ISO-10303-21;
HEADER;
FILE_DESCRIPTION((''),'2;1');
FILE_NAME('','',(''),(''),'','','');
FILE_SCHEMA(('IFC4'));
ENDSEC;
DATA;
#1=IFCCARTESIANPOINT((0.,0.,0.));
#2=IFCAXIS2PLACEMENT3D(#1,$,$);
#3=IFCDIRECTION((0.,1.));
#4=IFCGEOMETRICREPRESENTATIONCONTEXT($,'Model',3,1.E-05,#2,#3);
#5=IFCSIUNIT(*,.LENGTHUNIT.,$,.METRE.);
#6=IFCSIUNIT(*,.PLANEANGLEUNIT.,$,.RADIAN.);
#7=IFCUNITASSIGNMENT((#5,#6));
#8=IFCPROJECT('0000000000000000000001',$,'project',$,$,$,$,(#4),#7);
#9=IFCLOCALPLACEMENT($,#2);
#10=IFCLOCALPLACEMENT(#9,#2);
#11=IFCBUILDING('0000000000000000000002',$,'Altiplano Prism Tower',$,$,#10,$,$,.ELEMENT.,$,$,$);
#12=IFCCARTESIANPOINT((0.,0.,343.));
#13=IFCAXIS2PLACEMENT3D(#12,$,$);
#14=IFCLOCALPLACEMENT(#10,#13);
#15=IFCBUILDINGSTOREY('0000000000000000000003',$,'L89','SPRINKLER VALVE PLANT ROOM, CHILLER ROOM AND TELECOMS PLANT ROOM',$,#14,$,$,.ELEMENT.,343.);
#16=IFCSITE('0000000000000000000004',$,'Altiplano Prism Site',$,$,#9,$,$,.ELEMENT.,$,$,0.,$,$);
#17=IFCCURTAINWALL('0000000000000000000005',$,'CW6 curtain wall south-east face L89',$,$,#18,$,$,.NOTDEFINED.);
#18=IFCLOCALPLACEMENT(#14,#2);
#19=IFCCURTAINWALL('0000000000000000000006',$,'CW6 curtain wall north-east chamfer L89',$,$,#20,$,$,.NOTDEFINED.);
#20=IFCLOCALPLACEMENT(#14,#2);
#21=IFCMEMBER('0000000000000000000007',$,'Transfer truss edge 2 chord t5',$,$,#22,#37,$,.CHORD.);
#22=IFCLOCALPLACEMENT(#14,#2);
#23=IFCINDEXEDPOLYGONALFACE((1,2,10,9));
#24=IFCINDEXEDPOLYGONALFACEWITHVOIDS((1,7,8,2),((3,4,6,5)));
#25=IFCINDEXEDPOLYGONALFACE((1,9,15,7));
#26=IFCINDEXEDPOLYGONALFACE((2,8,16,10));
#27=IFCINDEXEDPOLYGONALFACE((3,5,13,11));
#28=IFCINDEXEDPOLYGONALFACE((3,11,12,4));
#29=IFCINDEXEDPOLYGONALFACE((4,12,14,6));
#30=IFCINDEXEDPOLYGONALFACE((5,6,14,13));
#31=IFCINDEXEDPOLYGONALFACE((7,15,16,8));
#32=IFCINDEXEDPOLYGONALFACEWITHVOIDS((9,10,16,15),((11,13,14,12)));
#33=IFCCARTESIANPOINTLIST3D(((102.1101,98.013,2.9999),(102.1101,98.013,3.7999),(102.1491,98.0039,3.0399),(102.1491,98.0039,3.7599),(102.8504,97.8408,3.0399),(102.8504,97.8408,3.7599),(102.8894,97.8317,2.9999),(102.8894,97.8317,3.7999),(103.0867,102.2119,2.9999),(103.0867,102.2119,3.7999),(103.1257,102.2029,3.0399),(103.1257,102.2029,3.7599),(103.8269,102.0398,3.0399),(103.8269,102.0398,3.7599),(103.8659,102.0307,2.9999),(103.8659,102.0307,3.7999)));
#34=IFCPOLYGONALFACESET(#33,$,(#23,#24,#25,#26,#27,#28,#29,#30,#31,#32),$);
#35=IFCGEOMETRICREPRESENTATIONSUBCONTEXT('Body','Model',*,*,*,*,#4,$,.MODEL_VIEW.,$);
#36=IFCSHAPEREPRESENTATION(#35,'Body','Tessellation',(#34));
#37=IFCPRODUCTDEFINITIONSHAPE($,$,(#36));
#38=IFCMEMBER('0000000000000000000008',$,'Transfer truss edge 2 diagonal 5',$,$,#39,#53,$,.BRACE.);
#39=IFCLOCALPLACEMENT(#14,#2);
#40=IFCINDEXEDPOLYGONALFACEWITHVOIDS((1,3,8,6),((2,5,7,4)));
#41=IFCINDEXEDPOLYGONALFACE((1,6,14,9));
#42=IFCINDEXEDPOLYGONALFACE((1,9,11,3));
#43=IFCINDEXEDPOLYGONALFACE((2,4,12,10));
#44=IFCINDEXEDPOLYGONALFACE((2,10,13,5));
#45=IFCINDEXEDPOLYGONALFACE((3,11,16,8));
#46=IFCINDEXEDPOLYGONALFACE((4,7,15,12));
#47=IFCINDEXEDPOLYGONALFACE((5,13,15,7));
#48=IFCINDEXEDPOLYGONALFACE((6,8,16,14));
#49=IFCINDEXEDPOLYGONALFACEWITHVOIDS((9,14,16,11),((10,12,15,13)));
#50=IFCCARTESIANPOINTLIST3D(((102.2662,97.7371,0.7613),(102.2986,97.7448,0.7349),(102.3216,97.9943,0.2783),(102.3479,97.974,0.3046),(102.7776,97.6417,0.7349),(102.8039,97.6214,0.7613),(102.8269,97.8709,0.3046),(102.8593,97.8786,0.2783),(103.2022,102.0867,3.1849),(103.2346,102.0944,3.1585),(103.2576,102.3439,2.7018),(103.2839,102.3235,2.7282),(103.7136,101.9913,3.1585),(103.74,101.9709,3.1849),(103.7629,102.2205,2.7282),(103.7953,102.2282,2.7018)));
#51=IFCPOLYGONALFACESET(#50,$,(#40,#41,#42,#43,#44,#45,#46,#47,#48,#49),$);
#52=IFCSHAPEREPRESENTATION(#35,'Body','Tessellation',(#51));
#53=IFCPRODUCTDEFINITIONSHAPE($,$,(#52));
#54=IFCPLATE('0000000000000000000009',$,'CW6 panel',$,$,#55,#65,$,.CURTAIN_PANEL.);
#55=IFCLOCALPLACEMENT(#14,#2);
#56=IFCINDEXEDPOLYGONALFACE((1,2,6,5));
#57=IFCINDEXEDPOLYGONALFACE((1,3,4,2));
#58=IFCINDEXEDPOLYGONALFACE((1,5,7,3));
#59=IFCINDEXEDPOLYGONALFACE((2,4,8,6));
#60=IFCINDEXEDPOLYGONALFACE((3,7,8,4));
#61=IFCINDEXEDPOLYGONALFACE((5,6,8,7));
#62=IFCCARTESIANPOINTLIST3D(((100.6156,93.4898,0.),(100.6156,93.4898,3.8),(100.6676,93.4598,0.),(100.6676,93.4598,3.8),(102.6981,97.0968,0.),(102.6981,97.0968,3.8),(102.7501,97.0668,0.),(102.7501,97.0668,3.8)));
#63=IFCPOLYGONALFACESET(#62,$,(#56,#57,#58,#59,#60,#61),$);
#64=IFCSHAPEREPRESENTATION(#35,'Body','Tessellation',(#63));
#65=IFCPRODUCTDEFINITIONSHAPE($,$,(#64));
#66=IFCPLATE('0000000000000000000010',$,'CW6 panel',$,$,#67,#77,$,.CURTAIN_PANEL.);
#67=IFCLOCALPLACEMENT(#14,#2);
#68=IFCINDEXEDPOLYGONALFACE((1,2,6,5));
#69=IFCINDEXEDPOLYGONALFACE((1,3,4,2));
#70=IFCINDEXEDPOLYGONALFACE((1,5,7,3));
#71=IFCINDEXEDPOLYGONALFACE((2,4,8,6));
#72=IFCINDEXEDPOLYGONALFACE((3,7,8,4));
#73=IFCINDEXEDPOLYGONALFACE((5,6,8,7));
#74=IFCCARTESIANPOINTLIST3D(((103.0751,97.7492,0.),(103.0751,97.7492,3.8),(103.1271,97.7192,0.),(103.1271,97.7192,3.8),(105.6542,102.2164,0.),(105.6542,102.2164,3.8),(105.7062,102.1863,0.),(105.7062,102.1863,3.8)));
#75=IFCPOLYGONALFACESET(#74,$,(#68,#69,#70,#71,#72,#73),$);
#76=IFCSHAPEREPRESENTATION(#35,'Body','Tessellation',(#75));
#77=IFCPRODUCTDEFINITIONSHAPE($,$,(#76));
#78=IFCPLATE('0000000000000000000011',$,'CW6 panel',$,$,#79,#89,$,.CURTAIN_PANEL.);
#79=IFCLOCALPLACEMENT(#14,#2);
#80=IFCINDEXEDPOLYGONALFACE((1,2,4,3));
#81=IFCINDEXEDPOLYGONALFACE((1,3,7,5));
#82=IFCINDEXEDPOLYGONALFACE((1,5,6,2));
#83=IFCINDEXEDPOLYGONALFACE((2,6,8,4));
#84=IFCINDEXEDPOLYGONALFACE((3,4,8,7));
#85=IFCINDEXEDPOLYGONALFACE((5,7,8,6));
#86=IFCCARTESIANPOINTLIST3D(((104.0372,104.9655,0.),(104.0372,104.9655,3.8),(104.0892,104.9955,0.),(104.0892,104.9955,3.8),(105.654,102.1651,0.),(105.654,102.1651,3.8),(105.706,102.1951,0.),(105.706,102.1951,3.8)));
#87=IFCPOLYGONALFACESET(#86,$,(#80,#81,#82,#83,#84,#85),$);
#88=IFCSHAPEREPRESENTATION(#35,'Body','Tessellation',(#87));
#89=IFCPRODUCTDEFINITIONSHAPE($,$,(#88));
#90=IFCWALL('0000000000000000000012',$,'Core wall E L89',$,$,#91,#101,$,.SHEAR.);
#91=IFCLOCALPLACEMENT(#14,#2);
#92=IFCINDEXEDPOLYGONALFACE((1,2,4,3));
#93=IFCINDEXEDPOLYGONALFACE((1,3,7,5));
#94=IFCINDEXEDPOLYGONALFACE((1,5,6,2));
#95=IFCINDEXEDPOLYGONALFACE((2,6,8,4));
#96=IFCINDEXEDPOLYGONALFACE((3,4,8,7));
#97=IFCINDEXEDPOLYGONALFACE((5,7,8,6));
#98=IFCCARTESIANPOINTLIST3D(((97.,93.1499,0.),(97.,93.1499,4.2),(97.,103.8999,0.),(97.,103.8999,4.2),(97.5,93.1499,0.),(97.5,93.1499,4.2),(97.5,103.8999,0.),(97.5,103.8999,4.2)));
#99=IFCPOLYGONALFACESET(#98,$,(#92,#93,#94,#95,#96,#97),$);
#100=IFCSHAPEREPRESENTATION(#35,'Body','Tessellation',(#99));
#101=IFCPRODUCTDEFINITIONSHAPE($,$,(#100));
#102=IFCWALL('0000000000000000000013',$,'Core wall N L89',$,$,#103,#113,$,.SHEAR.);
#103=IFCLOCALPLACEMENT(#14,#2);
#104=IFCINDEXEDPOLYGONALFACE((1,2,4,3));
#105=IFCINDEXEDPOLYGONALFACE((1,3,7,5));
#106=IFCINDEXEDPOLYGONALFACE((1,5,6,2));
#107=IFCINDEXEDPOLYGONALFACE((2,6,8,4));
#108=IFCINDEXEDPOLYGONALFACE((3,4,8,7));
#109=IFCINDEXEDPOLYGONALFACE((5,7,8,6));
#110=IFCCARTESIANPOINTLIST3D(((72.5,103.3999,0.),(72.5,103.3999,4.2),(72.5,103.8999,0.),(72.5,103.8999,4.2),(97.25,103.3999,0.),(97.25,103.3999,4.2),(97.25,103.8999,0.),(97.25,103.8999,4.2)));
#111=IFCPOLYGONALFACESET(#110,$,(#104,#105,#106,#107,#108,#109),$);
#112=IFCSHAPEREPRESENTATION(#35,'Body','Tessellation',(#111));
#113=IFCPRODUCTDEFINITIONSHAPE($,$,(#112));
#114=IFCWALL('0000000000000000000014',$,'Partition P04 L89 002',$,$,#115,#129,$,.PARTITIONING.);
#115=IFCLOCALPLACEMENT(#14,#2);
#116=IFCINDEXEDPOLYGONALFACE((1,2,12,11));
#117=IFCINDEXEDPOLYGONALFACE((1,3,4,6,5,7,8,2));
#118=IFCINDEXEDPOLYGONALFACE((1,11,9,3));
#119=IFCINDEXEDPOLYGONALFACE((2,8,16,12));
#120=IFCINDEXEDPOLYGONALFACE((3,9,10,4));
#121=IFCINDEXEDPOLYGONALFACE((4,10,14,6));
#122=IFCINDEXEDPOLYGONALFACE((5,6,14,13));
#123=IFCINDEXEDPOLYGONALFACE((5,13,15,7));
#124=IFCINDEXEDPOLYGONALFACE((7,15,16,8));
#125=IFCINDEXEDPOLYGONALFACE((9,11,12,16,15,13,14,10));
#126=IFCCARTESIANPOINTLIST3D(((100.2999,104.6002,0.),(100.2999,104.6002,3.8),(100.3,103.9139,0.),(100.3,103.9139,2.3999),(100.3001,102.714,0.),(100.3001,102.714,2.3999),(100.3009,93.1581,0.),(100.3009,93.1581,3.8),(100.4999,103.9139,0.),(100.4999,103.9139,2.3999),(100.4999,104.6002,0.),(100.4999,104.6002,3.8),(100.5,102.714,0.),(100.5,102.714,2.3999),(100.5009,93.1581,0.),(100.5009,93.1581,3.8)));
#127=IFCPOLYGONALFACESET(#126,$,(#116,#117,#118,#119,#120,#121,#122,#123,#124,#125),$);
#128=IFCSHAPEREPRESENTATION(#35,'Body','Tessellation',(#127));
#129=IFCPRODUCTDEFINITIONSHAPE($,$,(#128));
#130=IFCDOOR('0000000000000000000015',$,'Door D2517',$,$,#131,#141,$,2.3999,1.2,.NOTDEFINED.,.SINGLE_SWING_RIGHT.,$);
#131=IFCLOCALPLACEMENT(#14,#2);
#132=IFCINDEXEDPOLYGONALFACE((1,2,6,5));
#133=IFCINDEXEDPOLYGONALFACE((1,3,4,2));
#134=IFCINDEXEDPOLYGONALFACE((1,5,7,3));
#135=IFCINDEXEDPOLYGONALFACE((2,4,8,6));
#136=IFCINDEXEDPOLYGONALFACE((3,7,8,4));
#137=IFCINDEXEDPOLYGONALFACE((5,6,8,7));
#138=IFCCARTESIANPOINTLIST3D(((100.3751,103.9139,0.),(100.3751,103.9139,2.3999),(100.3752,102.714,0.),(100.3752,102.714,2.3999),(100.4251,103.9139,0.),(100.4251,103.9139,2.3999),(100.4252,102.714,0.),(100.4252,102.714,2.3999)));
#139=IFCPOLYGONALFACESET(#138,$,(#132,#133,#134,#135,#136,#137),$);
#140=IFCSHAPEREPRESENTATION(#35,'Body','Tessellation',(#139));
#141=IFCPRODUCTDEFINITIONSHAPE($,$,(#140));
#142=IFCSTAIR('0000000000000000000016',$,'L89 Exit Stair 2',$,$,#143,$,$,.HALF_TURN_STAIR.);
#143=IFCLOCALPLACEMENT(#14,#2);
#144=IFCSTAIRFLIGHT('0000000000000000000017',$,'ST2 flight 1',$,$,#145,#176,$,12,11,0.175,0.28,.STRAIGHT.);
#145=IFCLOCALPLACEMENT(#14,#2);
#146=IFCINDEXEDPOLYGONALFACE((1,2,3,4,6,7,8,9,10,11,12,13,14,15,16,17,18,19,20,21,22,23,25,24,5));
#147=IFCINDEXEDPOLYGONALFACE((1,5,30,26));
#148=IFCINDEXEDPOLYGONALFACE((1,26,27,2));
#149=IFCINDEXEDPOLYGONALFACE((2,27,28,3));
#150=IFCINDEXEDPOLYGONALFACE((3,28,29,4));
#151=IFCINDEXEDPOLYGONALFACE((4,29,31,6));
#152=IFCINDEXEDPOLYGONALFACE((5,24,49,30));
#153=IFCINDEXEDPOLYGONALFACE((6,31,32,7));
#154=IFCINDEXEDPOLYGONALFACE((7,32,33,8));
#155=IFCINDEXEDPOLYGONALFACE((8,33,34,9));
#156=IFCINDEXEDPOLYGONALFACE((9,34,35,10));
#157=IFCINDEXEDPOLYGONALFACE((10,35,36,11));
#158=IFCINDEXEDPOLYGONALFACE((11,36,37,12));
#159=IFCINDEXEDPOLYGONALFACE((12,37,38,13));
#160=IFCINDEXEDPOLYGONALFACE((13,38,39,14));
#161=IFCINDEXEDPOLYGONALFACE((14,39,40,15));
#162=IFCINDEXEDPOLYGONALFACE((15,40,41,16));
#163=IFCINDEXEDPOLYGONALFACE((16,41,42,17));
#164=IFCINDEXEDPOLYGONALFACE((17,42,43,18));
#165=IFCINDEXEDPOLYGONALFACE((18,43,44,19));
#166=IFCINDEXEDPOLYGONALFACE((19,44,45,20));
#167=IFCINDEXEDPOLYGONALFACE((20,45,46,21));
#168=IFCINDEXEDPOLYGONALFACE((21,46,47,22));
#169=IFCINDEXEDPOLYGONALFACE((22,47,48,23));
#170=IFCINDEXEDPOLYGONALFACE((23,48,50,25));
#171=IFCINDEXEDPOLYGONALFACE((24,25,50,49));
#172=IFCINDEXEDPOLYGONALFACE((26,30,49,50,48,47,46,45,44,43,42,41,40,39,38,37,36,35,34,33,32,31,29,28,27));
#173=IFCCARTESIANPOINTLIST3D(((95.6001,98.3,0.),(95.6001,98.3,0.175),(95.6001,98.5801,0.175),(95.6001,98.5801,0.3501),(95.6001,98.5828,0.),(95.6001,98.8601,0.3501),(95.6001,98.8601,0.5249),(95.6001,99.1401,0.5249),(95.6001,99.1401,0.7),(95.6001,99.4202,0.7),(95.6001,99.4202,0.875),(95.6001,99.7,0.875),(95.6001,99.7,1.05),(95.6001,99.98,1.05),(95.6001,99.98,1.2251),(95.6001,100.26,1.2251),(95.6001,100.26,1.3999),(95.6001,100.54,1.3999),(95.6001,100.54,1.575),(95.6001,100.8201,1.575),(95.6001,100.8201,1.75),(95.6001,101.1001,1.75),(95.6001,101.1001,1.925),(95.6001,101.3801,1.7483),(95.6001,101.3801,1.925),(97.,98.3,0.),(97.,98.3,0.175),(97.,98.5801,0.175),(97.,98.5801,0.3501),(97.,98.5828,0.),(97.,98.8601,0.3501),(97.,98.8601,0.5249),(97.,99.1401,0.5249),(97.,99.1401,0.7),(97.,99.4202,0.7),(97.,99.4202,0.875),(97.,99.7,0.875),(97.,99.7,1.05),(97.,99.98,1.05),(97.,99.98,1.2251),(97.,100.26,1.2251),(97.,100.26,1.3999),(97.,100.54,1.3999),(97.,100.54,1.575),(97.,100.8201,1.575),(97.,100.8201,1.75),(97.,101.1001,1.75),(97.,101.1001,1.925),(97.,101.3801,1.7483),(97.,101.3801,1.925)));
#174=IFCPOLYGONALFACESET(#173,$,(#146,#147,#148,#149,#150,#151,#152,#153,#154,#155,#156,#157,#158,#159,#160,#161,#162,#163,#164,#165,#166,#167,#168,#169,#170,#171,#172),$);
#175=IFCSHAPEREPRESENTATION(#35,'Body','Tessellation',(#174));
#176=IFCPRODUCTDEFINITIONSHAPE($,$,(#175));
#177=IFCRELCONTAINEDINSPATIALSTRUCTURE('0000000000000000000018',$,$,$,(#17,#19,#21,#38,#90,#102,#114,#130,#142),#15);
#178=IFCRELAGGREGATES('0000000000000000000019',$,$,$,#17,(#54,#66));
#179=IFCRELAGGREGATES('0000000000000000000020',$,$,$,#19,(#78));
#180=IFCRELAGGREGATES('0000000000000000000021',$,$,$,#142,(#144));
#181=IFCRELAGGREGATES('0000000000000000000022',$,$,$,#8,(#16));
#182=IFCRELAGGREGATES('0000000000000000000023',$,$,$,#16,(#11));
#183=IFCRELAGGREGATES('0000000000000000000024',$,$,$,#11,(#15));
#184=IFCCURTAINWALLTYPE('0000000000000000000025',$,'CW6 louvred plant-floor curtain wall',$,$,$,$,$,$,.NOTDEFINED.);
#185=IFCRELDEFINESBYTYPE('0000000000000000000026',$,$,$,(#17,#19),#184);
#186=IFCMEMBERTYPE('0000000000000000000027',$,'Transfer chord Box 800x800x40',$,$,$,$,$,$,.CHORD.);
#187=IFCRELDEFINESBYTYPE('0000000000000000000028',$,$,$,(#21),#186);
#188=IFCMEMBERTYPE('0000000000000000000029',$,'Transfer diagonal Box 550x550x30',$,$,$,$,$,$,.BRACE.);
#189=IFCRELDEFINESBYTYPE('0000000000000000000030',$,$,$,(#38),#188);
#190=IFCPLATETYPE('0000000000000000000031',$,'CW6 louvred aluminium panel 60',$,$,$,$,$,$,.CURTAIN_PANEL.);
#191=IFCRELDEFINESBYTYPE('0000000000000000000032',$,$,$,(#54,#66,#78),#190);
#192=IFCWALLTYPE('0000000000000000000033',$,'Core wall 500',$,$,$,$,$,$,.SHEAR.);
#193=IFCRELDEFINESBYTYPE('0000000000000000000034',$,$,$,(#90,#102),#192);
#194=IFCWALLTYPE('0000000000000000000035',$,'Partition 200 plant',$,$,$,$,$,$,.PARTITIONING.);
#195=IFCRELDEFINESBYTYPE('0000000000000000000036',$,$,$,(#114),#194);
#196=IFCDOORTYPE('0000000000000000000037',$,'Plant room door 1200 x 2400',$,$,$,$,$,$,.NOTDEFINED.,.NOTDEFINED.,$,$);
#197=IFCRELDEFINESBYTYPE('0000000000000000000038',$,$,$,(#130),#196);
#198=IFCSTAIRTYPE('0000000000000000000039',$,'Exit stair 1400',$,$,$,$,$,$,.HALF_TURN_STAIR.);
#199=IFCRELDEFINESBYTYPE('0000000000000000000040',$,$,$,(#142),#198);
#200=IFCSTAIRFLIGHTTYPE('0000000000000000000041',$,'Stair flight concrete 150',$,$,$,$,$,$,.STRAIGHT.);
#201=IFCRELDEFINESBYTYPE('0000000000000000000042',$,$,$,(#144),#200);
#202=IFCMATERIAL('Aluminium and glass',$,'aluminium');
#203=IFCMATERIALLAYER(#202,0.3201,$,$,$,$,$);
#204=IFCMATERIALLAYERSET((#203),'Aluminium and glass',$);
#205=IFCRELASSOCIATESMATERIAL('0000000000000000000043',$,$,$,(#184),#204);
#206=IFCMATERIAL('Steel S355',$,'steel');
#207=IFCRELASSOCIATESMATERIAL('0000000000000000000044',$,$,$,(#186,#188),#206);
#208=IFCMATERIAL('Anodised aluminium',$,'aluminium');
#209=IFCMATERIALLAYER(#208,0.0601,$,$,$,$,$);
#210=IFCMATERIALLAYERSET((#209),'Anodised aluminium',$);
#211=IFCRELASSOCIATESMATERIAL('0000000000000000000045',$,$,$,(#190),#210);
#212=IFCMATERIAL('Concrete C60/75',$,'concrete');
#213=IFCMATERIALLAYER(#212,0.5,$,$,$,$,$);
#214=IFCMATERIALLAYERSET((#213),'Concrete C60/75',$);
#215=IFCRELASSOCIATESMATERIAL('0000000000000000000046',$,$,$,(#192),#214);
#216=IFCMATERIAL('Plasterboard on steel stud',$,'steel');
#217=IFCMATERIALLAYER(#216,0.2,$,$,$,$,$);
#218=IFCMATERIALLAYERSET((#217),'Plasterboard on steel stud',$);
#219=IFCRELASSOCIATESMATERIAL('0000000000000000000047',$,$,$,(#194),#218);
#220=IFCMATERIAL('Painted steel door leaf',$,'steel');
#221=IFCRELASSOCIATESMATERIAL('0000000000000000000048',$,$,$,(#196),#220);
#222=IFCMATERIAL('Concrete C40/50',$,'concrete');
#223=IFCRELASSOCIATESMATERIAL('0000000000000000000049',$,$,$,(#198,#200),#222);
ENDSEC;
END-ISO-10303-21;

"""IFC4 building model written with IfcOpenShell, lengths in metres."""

from ifc_helpers import new_model, si_unit, direction, frame, frame_2d, origin, origin_2d, place, context, subcontext, project, spatial, polyline, rectangle, hollow_rectangle, outline, extrude, material, layer, layer_set, material_profile, profile_set, type_object, element, fill, aggregate, save


model = new_model("IFC4")

# Units and contexts
model_context = context("Model", 3, precision=1e-05, world=origin(), true_north=direction((0.0, 1.0)))
body_context = subcontext(model_context, "Body", "Model", "MODEL_VIEW")
ifc_project = project(units=[si_unit("LENGTHUNIT", "METRE"), si_unit("PLANEANGLEUNIT", "RADIAN")], contexts=[model_context])

# Site, building, storey
site_placement = place(None, origin())
site = spatial("IfcSite", under=ifc_project, at=site_placement, Name="Altiplano Prism Site", CompositionType="ELEMENT", RefElevation=0.0)
building_placement = place(site_placement, origin())
building = spatial("IfcBuilding", under=site, at=building_placement, Name="Altiplano Prism Tower", CompositionType="ELEMENT")
storey_placement = place(building_placement, frame((0.0, 0.0, 343.0)))
storey = spatial("IfcBuildingStorey", under=building, at=storey_placement, Name="L89", Description="SPRINKLER VALVE PLANT ROOM, CHILLER ROOM AND TELECOMS PLANT ROOM", CompositionType="ELEMENT", Elevation=343.0)

# Shared definitions
ifc_material_1 = material(Name="Concrete C60/75", Category="concrete")

# Shared definitions
ifc_material_2 = material(Name="Steel S355", Category="steel")

# Curtain wall
ifc_material_3 = material(Name="Aluminium and glass", Category="aluminium")
ifc_layer_1 = layer(ifc_material_3, 0.3201)
ifc_layer_set_1 = layer_set([ifc_layer_1], Name="Aluminium and glass")
curtain_wall_type = type_object("IfcCurtainWallType", Name="CW6 louvred plant-floor curtain wall", PredefinedType="NOTDEFINED", material=ifc_layer_set_1)
curtain_wall_1_placement = place(storey_placement, origin())
curtain_wall_1 = element("IfcCurtainWall", 1, at=curtain_wall_1_placement, inside=storey, type_object=curtain_wall_type, Name="CW6 curtain wall south-east face L89", PredefinedType="NOTDEFINED")

# Curtain wall
curtain_wall_2_placement = place(storey_placement, origin())
curtain_wall_2 = element("IfcCurtainWall", 2, at=curtain_wall_2_placement, inside=storey, type_object=curtain_wall_type, Name="CW6 curtain wall north-east chamfer L89", PredefinedType="NOTDEFINED")

# Members
ifc_material_profile_1 = material_profile(ifc_material_2, hollow_rectangle(XDim=0.8, YDim=0.8, WallThickness=0.04, at=origin_2d()), Name="Transfer chord Box 800x800x40")
ifc_profile_set_1 = profile_set([ifc_material_profile_1], Name="Steel S355")
member_type_1 = type_object("IfcMemberType", Name="Transfer chord Box 800x800x40", PredefinedType="CHORD", material=ifc_profile_set_1)
member_1_placement = place(storey_placement, frame((102.4998, 97.9224, 3.3999), z_axis=(0.226526, 0.974005, 0.0), x_axis=(-0.974005, 0.226526, 0.0)))
element("IfcMember", 3, at=member_1_placement, inside=storey, type_object=member_type_1, Name="Transfer truss edge 2 chord t5", PredefinedType="CHORD", context=body_context, shape_type="SweptSolid", body=[
    extrude(hollow_rectangle(XDim=0.8, YDim=0.8, WallThickness=0.04, at=origin_2d()), origin(), (0.0, 0.0, 1.0), 4.311),
])
ifc_material_profile_2 = material_profile(ifc_material_2, hollow_rectangle(XDim=0.55, YDim=0.55, WallThickness=0.03, at=origin_2d()), Name="Transfer diagonal Box 550x550x30")
ifc_profile_set_2 = profile_set([ifc_material_profile_2], Name="Steel S355")
member_type_2 = type_object("IfcMemberType", Name="Transfer diagonal Box 550x550x30", PredefinedType="BRACE", material=ifc_profile_set_2)
member_2_placement = place(storey_placement, frame((102.5627, 97.8079, 0.5198), z_axis=(0.184751, 0.85851, 0.478358), x_axis=(-0.977619, 0.210383, 0.0)))
element("IfcMember", 4, at=member_2_placement, inside=storey, type_object=member_type_2, Name="Transfer truss edge 2 diagonal 5", PredefinedType="BRACE", context=body_context, shape_type="SweptSolid", body=[
    extrude(hollow_rectangle(XDim=0.55, YDim=0.55, WallThickness=0.03, at=origin_2d()), origin(), (0.0, 0.0, 1.0), 5.0664),
])

# Plates
ifc_material_4 = material(Name="Anodised aluminium", Category="aluminium")
ifc_layer_2 = layer(ifc_material_4, 0.0601)
ifc_layer_set_2 = layer_set([ifc_layer_2], Name="Anodised aluminium")
plate_type = type_object("IfcPlateType", Name="CW6 louvred aluminium panel 60", PredefinedType="CURTAIN_PANEL", material=ifc_layer_set_2)
plate_1_placement = place(storey_placement, frame((101.6829, 95.2783, 0.0), z_axis=(0.0, 0.0, 1.0), x_axis=(0.5, 0.866025, 0.0)))
plate_1 = element("IfcPlate", 5, at=plate_1_placement, type_object=plate_type, Name="CW6 panel", PredefinedType="CURTAIN_PANEL", context=body_context, shape_type="SweptSolid", body=[
    extrude(rectangle(XDim=4.165, YDim=0.0601, at=origin_2d()), origin(), (0.0, 0.0, 1.0), 3.8),
])
plate_2_placement = place(storey_placement, frame((104.3906, 99.9678, 0.0), z_axis=(0.0, 0.0, 1.0), x_axis=(0.5, 0.866025, 0.0)))
plate_2 = element("IfcPlate", 6, at=plate_2_placement, type_object=plate_type, Name="CW6 panel", PredefinedType="CURTAIN_PANEL", context=body_context, shape_type="SweptSolid", body=[
    extrude(rectangle(XDim=5.1582, YDim=0.0601, at=origin_2d()), origin(), (0.0, 0.0, 1.0), 3.8),
])
aggregate(curtain_wall_1, [plate_1, plate_2])
plate_3_placement = place(storey_placement, frame((104.8716, 103.5803, 0.0), z_axis=(0.0, 0.0, 1.0), x_axis=(-0.5, 0.866025, 0.0)))
plate_3 = element("IfcPlate", 7, at=plate_3_placement, type_object=plate_type, Name="CW6 panel", PredefinedType="CURTAIN_PANEL", context=body_context, shape_type="SweptSolid", body=[
    extrude(rectangle(XDim=3.2336, YDim=0.0601, at=origin_2d()), origin(), (0.0, 0.0, 1.0), 3.8),
])
aggregate(curtain_wall_2, [plate_3])

# Walls
ifc_layer_3 = layer(ifc_material_1, 0.5)
ifc_layer_set_3 = layer_set([ifc_layer_3], Name="Concrete C60/75")
wall_type_1 = type_object("IfcWallType", Name="Core wall 500", PredefinedType="SHEAR", material=ifc_layer_set_3)
wall_1_placement = place(storey_placement, frame((97.25, 93.1499, 0.0), z_axis=(0.0, 0.0, 1.0), x_axis=(0.0, 1.0, 0.0)))
element("IfcWall", 8, at=wall_1_placement, inside=storey, type_object=wall_type_1, Name="Core wall E L89", PredefinedType="SHEAR", context=body_context, shape_type="SweptSolid", body=[
    extrude(rectangle(XDim=10.75, YDim=0.5, at=frame_2d((5.375, 0.0))), origin(), (0.0, 0.0, 1.0), 4.2),
])
wall_2_placement = place(storey_placement, frame((97.25, 103.6499, 0.0), z_axis=(0.0, 0.0, 1.0), x_axis=(-1.0, 0.0, 0.0)))
element("IfcWall", 9, at=wall_2_placement, inside=storey, type_object=wall_type_1, Name="Core wall N L89", PredefinedType="SHEAR", context=body_context, shape_type="SweptSolid", body=[
    extrude(rectangle(XDim=24.75, YDim=0.5, at=frame_2d((12.375, 0.0))), origin(), (0.0, 0.0, 1.0), 4.2),
])

# Wall, opening, door
ifc_material_5 = material(Name="Plasterboard on steel stud", Category="steel")
ifc_layer_4 = layer(ifc_material_5, 0.2)
ifc_layer_set_4 = layer_set([ifc_layer_4], Name="Plasterboard on steel stud")
wall_type_2 = type_object("IfcWallType", Name="Partition 200 plant", PredefinedType="PARTITIONING", material=ifc_layer_set_4)
wall_3_placement = place(storey_placement, frame((100.4009, 93.158, 0.0), z_axis=(0.0, 0.0, 1.0), x_axis=(-0.000085, 1.0, 0.0)))
wall_3 = element("IfcWall", 10, at=wall_3_placement, inside=storey, type_object=wall_type_2, Name="Partition P04 L89 002", PredefinedType="PARTITIONING", context=body_context, shape_type="SweptSolid", body=[
    extrude(rectangle(XDim=11.4421, YDim=0.2, at=frame_2d((5.7212, 0.0))), origin(), (0.0, 0.0, 1.0), 3.8),
])
opening_placement = place(wall_3_placement, frame((9.5559, 0.0, 0.0)))
opening = element("IfcOpeningElement", 11, at=opening_placement, cuts=wall_3, PredefinedType="OPENING", context=body_context, shape_type="SweptSolid", body=[
    extrude(rectangle(XDim=1.2, YDim=2.3999, at=frame_2d((0.6001, 1.2))), frame((0.0, 0.1104, 0.0), z_axis=(0.0, -1.0, 0.0), x_axis=(1.0, 0.0, 0.0)), (0.0, 0.0, 1.0), 0.2209),
])
ifc_material_6 = material(Name="Painted steel door leaf", Category="steel")
door_type = type_object("IfcDoorType", Name="Plant room door 1200 x 2400", OperationType="NOTDEFINED", PredefinedType="NOTDEFINED", material=ifc_material_6)
door_placement = place(opening_placement, origin())
door = element("IfcDoor", 12, at=door_placement, inside=storey, type_object=door_type, Name="Door D2517", OperationType="SINGLE_SWING_RIGHT", OverallHeight=2.3999, OverallWidth=1.2, PredefinedType="NOTDEFINED", context=body_context, shape_type="SweptSolid", body=[
    extrude(rectangle(XDim=1.2, YDim=2.3999, at=frame_2d((0.6001, 1.2))), frame((0.0, 0.0249, 0.0), z_axis=(0.0, -1.0, 0.0), x_axis=(1.0, 0.0, 0.0)), (0.0, 0.0, 1.0), 0.05),
])
fill(opening, door)

# Stair, stair flight
ifc_material_7 = material(Name="Concrete C40/50", Category="concrete")
stair_type = type_object("IfcStairType", Name="Exit stair 1400", PredefinedType="HALF_TURN_STAIR", material=ifc_material_7)
stair_placement = place(storey_placement, origin())
stair = element("IfcStair", 13, at=stair_placement, inside=storey, type_object=stair_type, Name="L89 Exit Stair 2", PredefinedType="HALF_TURN_STAIR")
stair_flight_type = type_object("IfcStairFlightType", Name="Stair flight concrete 150", PredefinedType="STRAIGHT", material=ifc_material_7)
stair_flight_placement = place(storey_placement, frame((96.3, 98.3, 0.0), z_axis=(0.0, 0.0, 1.0), x_axis=(0.0, 1.0, 0.0)))
stair_flight = element("IfcStairFlight", 14, at=stair_flight_placement, type_object=stair_flight_type, Name="ST2 flight 1", NumberOfRisers=12, NumberOfTreads=11, PredefinedType="STRAIGHT", RiserHeight=0.175, TreadLength=0.28, context=body_context, shape_type="SweptSolid", body=[
    extrude(outline(polyline([(0.0, 0.0), (0.0, 0.175), (0.28, 0.175), (0.28, 0.3501), (0.5601, 0.3501), (0.5601, 0.5249), (0.8401, 0.5249), (0.8401, 0.7), (1.1201, 0.7), (1.1201, 0.875), (1.3999, 0.875), (1.3999, 1.05), (1.6799, 1.05), (1.6799, 1.2251), (1.96, 1.2251), (1.96, 1.3999), (2.24, 1.3999), (2.24, 1.575), (2.52, 1.575), (2.52, 1.75), (2.8, 1.75), (2.8, 1.925), (3.0801, 1.925), (3.0801, 2.1001), (3.0801, 1.7483), (0.2827, 0.0), (0.0, 0.0)])), frame((0.0, 0.7, 0.0), z_axis=(0.0, -1.0, 0.0), x_axis=(1.0, 0.0, 0.0)), (0.0, 0.0, 1.0), 1.3999),
])
aggregate(stair, [stair_flight])

save(model, "model.ifc")
